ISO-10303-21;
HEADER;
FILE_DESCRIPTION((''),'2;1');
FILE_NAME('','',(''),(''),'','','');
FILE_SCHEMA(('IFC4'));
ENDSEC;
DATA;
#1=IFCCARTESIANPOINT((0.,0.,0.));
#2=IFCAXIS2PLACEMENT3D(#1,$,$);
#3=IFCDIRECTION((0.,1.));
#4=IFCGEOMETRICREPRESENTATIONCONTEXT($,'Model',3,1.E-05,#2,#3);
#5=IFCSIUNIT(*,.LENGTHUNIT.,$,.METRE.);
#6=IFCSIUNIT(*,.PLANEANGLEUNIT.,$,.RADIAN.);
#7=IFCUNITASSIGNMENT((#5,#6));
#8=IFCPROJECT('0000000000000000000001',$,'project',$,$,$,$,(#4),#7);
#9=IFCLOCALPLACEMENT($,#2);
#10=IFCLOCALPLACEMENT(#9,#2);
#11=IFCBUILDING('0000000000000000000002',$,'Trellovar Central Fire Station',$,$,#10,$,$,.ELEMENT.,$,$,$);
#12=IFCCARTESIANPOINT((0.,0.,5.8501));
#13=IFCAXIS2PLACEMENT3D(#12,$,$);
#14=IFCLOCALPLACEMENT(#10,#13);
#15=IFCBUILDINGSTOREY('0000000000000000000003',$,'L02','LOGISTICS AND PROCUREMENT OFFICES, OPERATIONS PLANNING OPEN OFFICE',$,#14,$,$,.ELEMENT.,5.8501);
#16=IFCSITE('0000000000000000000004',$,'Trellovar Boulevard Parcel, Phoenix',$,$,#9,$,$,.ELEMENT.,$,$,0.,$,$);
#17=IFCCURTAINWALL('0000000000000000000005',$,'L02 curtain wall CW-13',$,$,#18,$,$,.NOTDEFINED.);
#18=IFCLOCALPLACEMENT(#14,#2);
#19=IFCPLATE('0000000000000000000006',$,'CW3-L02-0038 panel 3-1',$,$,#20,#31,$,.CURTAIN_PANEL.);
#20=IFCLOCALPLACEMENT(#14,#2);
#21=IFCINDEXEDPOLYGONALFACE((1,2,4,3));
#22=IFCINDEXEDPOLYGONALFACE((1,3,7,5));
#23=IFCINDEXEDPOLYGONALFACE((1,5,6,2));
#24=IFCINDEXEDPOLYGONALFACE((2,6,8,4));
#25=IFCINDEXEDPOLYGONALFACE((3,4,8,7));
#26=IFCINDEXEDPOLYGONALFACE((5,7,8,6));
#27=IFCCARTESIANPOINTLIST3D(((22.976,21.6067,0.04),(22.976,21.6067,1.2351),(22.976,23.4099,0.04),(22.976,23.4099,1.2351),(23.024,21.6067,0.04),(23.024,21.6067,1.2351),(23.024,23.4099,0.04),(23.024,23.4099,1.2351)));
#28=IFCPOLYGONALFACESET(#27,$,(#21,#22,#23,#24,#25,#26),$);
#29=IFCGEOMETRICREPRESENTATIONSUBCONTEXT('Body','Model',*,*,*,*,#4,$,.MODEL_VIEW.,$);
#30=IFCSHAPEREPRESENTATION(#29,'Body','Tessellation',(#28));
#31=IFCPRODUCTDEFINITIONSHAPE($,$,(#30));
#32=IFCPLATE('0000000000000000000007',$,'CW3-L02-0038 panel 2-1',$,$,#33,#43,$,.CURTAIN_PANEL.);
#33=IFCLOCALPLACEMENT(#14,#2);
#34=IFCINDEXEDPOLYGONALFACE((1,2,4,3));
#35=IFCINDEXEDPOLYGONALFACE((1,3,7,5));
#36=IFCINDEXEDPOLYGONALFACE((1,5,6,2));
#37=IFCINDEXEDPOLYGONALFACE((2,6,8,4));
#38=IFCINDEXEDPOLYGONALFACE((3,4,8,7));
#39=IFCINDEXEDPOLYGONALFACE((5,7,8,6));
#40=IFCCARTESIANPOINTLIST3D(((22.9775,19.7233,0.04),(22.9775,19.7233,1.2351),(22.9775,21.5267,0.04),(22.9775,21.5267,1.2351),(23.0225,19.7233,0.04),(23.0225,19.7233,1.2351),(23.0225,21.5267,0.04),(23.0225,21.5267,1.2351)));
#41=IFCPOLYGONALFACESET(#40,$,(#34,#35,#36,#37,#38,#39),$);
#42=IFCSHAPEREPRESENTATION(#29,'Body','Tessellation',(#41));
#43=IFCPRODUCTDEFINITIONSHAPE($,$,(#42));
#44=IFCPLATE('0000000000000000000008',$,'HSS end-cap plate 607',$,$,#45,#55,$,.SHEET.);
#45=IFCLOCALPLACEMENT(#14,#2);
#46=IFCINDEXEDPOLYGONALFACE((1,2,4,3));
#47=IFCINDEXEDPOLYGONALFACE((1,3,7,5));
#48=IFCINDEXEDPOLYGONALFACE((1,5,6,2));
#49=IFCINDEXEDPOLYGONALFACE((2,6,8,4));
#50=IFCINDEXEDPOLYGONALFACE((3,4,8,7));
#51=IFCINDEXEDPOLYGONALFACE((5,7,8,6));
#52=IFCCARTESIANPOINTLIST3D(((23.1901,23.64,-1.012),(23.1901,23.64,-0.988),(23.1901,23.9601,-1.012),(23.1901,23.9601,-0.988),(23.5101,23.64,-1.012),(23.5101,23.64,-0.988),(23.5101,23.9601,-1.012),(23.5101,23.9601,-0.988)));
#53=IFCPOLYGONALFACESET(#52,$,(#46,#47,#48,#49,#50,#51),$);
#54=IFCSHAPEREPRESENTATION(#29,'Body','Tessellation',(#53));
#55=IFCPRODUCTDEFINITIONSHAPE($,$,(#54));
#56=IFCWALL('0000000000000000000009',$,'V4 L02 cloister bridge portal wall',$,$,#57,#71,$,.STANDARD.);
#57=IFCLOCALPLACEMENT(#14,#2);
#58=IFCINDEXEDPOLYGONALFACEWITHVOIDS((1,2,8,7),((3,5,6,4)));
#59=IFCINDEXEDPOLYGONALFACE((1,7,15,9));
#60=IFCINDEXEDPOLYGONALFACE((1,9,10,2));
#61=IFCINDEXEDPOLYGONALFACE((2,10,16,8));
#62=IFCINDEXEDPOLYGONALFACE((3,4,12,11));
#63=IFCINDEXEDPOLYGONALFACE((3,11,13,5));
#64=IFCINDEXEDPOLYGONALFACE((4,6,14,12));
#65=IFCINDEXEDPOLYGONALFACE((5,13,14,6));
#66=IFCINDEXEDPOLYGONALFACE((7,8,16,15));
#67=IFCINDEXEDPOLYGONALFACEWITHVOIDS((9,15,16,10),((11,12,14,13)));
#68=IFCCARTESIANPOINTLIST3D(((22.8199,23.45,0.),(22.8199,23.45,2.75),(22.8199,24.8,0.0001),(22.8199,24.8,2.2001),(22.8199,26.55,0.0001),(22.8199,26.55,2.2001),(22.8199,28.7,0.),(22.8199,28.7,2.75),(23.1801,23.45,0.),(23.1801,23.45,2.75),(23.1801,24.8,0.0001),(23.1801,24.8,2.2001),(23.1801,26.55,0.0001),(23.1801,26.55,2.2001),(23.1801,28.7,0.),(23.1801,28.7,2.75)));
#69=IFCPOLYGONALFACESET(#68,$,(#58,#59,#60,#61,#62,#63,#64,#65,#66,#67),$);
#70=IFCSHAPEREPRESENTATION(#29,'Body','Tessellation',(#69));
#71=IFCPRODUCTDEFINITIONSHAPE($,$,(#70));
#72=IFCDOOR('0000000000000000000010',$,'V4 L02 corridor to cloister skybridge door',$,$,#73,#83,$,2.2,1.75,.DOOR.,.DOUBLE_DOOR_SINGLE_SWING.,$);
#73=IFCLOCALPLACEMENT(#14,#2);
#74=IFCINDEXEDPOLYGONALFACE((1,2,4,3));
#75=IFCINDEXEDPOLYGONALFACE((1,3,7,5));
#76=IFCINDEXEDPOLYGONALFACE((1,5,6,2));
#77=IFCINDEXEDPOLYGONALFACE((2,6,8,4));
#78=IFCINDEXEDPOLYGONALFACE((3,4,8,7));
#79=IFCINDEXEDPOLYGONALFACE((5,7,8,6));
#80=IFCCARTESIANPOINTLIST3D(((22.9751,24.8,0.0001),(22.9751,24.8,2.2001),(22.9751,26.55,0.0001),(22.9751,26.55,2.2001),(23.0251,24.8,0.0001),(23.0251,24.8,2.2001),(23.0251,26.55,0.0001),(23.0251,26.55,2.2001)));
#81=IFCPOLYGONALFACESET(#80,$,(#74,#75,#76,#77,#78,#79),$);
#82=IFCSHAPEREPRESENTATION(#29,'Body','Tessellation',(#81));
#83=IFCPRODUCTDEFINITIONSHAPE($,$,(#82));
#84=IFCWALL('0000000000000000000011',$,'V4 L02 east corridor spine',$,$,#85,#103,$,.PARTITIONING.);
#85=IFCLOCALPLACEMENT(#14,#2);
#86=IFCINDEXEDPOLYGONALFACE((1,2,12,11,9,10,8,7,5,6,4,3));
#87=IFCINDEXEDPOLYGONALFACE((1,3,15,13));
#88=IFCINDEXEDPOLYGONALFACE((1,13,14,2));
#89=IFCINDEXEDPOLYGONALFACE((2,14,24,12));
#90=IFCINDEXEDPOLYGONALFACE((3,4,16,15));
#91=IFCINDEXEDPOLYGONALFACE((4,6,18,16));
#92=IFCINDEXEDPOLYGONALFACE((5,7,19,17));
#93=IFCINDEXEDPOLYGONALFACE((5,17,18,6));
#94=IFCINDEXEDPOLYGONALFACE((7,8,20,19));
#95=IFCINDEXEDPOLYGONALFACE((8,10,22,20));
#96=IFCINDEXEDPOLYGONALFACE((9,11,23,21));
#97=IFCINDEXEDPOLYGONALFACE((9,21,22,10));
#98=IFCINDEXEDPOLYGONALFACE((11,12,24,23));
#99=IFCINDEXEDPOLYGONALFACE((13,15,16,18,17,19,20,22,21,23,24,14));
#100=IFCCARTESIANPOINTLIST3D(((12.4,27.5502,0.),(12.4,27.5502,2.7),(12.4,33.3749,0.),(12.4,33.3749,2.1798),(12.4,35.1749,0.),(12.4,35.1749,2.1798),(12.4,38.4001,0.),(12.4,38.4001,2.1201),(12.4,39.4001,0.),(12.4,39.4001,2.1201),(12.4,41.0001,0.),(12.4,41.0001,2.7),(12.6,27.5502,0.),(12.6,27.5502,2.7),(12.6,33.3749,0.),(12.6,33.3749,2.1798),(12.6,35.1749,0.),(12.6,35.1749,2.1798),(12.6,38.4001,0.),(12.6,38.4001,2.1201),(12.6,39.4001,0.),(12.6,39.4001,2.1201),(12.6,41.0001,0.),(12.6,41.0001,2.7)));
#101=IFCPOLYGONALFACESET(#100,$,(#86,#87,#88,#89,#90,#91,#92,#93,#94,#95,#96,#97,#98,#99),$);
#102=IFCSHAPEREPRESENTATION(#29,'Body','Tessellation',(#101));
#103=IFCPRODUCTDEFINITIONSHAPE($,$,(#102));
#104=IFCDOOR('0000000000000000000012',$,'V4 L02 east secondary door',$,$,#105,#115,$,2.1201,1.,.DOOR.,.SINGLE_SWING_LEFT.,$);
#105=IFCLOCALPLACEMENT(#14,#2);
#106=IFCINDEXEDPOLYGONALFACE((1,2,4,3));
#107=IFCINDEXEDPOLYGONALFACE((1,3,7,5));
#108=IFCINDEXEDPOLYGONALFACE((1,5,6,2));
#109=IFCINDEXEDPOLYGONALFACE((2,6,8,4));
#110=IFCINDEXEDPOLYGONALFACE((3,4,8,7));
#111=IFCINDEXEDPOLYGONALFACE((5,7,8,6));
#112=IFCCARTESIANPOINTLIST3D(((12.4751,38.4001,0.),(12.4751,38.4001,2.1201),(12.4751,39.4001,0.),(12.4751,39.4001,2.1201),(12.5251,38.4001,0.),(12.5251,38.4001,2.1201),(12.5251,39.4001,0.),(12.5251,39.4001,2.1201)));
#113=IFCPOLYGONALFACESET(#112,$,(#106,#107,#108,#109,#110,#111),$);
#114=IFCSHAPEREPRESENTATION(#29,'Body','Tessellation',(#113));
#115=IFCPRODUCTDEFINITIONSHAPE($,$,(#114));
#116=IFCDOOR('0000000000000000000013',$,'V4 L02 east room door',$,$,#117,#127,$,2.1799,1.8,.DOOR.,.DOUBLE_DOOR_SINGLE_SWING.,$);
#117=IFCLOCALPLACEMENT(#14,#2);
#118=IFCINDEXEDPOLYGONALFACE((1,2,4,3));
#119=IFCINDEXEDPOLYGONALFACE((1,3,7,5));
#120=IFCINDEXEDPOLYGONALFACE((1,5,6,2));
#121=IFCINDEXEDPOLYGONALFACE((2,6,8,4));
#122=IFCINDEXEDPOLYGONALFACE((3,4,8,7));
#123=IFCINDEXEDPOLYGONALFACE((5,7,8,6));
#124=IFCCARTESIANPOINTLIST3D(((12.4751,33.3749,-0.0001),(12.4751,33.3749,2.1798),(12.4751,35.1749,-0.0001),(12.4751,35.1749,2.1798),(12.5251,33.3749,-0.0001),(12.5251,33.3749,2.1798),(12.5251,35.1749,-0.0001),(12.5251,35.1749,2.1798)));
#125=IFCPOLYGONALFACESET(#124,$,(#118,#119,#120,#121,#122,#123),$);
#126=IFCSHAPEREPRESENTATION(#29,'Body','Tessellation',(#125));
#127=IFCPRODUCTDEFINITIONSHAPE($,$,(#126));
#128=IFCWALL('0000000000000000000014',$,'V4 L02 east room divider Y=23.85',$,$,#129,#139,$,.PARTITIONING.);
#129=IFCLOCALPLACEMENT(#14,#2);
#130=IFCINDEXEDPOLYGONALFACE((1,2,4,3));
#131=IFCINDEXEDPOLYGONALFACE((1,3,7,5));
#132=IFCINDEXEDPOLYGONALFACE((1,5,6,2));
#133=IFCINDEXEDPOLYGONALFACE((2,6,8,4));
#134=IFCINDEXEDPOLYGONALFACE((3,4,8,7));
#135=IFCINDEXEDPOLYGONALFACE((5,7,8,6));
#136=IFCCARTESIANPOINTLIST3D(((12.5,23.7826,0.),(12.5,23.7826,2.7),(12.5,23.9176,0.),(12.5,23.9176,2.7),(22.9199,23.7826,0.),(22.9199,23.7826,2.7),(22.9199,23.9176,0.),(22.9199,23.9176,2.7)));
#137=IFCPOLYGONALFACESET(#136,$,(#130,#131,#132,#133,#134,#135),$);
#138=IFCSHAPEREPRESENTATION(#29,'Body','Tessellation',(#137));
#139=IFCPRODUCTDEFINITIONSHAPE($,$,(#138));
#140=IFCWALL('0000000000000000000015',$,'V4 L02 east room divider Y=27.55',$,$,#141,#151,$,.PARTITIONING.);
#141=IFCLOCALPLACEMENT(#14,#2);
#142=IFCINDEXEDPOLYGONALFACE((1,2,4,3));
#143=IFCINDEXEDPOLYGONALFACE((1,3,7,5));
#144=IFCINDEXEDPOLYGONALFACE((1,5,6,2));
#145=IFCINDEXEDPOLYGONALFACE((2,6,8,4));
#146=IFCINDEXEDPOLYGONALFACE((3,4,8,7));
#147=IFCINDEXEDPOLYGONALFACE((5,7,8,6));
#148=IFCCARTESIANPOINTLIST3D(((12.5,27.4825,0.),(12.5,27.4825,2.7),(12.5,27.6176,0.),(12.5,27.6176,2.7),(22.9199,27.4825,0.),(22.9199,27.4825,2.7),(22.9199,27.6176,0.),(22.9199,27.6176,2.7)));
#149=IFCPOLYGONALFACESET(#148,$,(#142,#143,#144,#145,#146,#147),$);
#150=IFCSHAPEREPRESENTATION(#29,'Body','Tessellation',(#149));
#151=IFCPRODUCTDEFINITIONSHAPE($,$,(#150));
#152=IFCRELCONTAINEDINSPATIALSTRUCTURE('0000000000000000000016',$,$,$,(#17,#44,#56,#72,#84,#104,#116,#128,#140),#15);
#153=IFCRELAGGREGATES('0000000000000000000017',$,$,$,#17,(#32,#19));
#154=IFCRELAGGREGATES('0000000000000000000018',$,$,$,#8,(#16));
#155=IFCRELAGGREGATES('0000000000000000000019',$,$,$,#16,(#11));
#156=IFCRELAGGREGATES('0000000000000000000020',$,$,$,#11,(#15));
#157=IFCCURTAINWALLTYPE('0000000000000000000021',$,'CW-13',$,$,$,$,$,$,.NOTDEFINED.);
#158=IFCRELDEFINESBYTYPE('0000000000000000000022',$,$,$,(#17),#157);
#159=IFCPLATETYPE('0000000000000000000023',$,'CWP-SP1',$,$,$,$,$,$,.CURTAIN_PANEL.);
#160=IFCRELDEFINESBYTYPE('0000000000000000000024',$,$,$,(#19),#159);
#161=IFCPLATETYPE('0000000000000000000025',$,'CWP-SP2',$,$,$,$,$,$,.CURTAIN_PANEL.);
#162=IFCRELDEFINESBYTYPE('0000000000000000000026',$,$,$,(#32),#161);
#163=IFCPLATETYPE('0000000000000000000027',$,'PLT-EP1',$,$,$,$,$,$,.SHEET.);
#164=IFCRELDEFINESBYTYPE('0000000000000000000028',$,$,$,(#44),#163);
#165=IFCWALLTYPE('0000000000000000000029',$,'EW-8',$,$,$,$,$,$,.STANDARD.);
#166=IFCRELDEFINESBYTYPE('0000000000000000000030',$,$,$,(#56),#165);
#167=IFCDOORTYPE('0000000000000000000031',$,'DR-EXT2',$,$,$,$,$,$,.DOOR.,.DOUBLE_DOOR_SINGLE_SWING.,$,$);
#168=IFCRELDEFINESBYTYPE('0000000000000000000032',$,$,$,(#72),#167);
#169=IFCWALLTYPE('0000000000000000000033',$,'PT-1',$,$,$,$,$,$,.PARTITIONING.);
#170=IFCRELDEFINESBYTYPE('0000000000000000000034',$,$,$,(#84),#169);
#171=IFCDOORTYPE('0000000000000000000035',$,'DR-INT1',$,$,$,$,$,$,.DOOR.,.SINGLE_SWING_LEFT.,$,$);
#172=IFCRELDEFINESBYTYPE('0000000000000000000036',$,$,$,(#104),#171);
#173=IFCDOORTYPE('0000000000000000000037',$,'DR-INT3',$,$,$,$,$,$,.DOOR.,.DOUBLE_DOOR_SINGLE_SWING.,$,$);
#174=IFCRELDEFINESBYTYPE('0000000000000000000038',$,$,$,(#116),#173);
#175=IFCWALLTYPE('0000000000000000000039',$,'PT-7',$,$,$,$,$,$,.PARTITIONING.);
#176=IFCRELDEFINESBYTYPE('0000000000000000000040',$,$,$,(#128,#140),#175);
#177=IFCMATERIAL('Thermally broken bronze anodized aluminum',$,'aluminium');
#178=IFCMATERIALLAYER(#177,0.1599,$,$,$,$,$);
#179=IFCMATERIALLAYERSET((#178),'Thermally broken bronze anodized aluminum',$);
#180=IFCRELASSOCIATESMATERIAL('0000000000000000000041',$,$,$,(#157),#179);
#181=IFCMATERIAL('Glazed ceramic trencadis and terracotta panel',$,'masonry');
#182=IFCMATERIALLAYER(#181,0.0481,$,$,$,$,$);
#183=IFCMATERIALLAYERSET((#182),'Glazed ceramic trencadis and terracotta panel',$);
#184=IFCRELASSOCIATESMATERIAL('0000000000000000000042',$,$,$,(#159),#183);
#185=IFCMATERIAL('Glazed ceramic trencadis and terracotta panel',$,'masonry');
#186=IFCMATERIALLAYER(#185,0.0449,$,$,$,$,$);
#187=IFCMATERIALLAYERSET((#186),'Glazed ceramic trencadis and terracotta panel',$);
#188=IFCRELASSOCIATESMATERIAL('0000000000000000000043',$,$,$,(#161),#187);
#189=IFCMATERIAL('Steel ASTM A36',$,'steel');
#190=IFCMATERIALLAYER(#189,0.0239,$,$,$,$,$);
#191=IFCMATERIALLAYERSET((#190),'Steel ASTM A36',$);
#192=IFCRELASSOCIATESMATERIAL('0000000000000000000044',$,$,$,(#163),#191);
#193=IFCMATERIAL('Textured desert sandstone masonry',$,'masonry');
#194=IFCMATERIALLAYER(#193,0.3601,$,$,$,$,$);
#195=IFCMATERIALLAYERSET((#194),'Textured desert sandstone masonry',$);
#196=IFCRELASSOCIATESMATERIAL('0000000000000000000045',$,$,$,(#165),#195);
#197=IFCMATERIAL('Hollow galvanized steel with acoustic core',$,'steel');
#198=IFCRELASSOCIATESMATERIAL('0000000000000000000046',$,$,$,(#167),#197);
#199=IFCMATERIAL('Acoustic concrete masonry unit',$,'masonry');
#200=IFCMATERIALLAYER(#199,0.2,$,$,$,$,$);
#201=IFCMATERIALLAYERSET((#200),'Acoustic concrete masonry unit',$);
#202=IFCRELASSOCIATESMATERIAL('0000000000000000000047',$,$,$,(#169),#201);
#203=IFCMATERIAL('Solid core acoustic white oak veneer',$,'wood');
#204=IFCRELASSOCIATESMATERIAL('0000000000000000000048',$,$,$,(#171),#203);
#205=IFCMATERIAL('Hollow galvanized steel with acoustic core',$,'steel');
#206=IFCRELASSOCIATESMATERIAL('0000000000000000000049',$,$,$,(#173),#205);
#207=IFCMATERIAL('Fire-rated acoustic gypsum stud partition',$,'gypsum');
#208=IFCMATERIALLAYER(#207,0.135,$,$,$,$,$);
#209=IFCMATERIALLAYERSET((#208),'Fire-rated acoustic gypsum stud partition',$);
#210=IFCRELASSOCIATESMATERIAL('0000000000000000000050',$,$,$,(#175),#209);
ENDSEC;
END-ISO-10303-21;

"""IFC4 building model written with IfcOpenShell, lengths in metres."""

from ifc_helpers import new_model, si_unit, direction, frame, frame_2d, origin, origin_2d, place, context, subcontext, project, spatial, rectangle, extrude, material, layer, layer_set, type_object, element, fill, aggregate, save


model = new_model("IFC4")

# Units and contexts
model_context = context("Model", 3, precision=1e-05, world=origin(), true_north=direction((0.0, 1.0)))
body_context = subcontext(model_context, "Body", "Model", "MODEL_VIEW")
ifc_project = project(units=[si_unit("LENGTHUNIT", "METRE"), si_unit("PLANEANGLEUNIT", "RADIAN")], contexts=[model_context])

# Site, building, storey
site_placement = place(None, origin())
site = spatial("IfcSite", under=ifc_project, at=site_placement, Name="Trellovar Boulevard Parcel, Phoenix", CompositionType="ELEMENT", RefElevation=0.0)
building_placement = place(site_placement, origin())
building = spatial("IfcBuilding", under=site, at=building_placement, Name="Trellovar Central Fire Station", CompositionType="ELEMENT")
storey_placement = place(building_placement, frame((0.0, 0.0, 5.8501)))
storey = spatial("IfcBuildingStorey", under=building, at=storey_placement, Name="L02", Description="LOGISTICS AND PROCUREMENT OFFICES, OPERATIONS PLANNING OPEN OFFICE", CompositionType="ELEMENT", Elevation=5.8501)

# Curtain wall, plates
ifc_material_1 = material(Name="Thermally broken bronze anodized aluminum", Category="aluminium")
ifc_layer_1 = layer(ifc_material_1, 0.1599)
ifc_layer_set_1 = layer_set([ifc_layer_1], Name="Thermally broken bronze anodized aluminum")
curtain_wall_type_1 = type_object("IfcCurtainWallType", Name="CW-13", PredefinedType="NOTDEFINED", material=ifc_layer_set_1)
curtain_wall_1_placement = place(storey_placement, origin())
curtain_wall_1 = element("IfcCurtainWall", 1, at=curtain_wall_1_placement, inside=storey, type_object=curtain_wall_type_1, Name="L02 curtain wall CW-13", PredefinedType="NOTDEFINED")
ifc_material_2 = material(Name="Glazed ceramic trencadis and terracotta panel", Category="masonry")
ifc_layer_2 = layer(ifc_material_2, 0.0481)
ifc_layer_set_2 = layer_set([ifc_layer_2], Name="Glazed ceramic trencadis and terracotta panel")
plate_type_1 = type_object("IfcPlateType", Name="CWP-SP1", PredefinedType="CURTAIN_PANEL", material=ifc_layer_set_2)
plate_1_placement = place(storey_placement, frame((23.0, 22.5083, 0.04), z_axis=(0.0, 0.0, 1.0), x_axis=(0.0, 1.0, 0.0)))
plate_1 = element("IfcPlate", 2, at=plate_1_placement, type_object=plate_type_1, Name="CW3-L02-0038 panel 3-1", PredefinedType="CURTAIN_PANEL", context=body_context, shape_type="SweptSolid", body=[
    extrude(rectangle(XDim=1.8032, YDim=0.0481, at=origin_2d()), origin(), (0.0, 0.0, 1.0), 1.1951),
])
ifc_material_3 = material(Name="Glazed ceramic trencadis and terracotta panel", Category="masonry")
ifc_layer_3 = layer(ifc_material_3, 0.0449)
ifc_layer_set_3 = layer_set([ifc_layer_3], Name="Glazed ceramic trencadis and terracotta panel")
plate_type_2 = type_object("IfcPlateType", Name="CWP-SP2", PredefinedType="CURTAIN_PANEL", material=ifc_layer_set_3)
plate_2_placement = place(storey_placement, frame((23.0, 20.625, 0.04), z_axis=(0.0, 0.0, 1.0), x_axis=(0.0, 1.0, 0.0)))
plate_2 = element("IfcPlate", 3, at=plate_2_placement, type_object=plate_type_2, Name="CW3-L02-0038 panel 2-1", PredefinedType="CURTAIN_PANEL", context=body_context, shape_type="SweptSolid", body=[
    extrude(rectangle(XDim=1.8035, YDim=0.0449, at=origin_2d()), origin(), (0.0, 0.0, 1.0), 1.1951),
])
aggregate(curtain_wall_1, [plate_2, plate_1])

# Plate
ifc_material_4 = material(Name="Steel ASTM A36", Category="steel")
ifc_layer_4 = layer(ifc_material_4, 0.0239)
ifc_layer_set_4 = layer_set([ifc_layer_4], Name="Steel ASTM A36")
plate_type_3 = type_object("IfcPlateType", Name="PLT-EP1", PredefinedType="SHEET", material=ifc_layer_set_4)
plate_3_placement = place(storey_placement, frame((23.3501, 23.8, -1.012), z_axis=(0.0, 0.0, 1.0), x_axis=(1.0, 0.0, 0.0)))
element("IfcPlate", 4, at=plate_3_placement, inside=storey, type_object=plate_type_3, Name="HSS end-cap plate 607", PredefinedType="SHEET", context=body_context, shape_type="SweptSolid", body=[
    extrude(rectangle(XDim=0.3201, YDim=0.3201, at=origin_2d()), origin(), (0.0, 0.0, 1.0), 0.0239),
])

# Wall, opening, door
ifc_material_5 = material(Name="Textured desert sandstone masonry", Category="masonry")
ifc_layer_5 = layer(ifc_material_5, 0.3601)
ifc_layer_set_5 = layer_set([ifc_layer_5], Name="Textured desert sandstone masonry")
wall_type_1 = type_object("IfcWallType", Name="EW-8", PredefinedType="STANDARD", material=ifc_layer_set_5)
wall_1_placement = place(storey_placement, frame((23.0, 23.45, 0.0), z_axis=(0.0, 0.0, 1.0), x_axis=(0.0, 1.0, 0.0)))
wall_1 = element("IfcWall", 5, at=wall_1_placement, inside=storey, type_object=wall_type_1, Name="V4 L02 cloister bridge portal wall", PredefinedType="STANDARD", context=body_context, shape_type="SweptSolid", body=[
    extrude(rectangle(XDim=5.25, YDim=0.3601, at=frame_2d((2.625, 0.0))), origin(), (0.0, 0.0, 1.0), 2.75),
])
opening_1_placement = place(wall_1_placement, frame((1.3501, 0.0, 0.0)))
opening_1 = element("IfcOpeningElement", 6, at=opening_1_placement, cuts=wall_1, PredefinedType="OPENING", context=body_context, shape_type="SweptSolid", body=[
    extrude(rectangle(XDim=1.75, YDim=2.2, at=frame_2d((0.875, 1.1001))), frame((0.0, 0.1899, 0.0), z_axis=(0.0, -1.0, 0.0), x_axis=(1.0, 0.0, 0.0)), (0.0, 0.0, 1.0), 0.3801),
])
ifc_material_6 = material(Name="Hollow galvanized steel with acoustic core", Category="steel")
door_type_1 = type_object("IfcDoorType", Name="DR-EXT2", OperationType="DOUBLE_DOOR_SINGLE_SWING", PredefinedType="DOOR", material=ifc_material_6)
door_1_placement = place(opening_1_placement, origin())
door_1 = element("IfcDoor", 7, at=door_1_placement, inside=storey, type_object=door_type_1, Name="V4 L02 corridor to cloister skybridge door", OperationType="DOUBLE_DOOR_SINGLE_SWING", OverallHeight=2.2, OverallWidth=1.75, PredefinedType="DOOR", context=body_context, shape_type="SweptSolid", body=[
    extrude(rectangle(XDim=1.75, YDim=2.2, at=frame_2d((0.875, 1.1001))), frame((0.0, 0.0249, 0.0), z_axis=(0.0, -1.0, 0.0), x_axis=(1.0, 0.0, 0.0)), (0.0, 0.0, 1.0), 0.05),
])
fill(opening_1, door_1)

# Wall, openings, doors
ifc_material_7 = material(Name="Acoustic concrete masonry unit", Category="masonry")
ifc_layer_6 = layer(ifc_material_7, 0.2)
ifc_layer_set_6 = layer_set([ifc_layer_6], Name="Acoustic concrete masonry unit")
wall_type_2 = type_object("IfcWallType", Name="PT-1", PredefinedType="PARTITIONING", material=ifc_layer_set_6)
wall_2_placement = place(storey_placement, frame((12.5, 27.55, 0.0), z_axis=(0.0, 0.0, 1.0), x_axis=(0.0, 1.0, 0.0)))
wall_2 = element("IfcWall", 8, at=wall_2_placement, inside=storey, type_object=wall_type_2, Name="V4 L02 east corridor spine", PredefinedType="PARTITIONING", context=body_context, shape_type="SweptSolid", body=[
    extrude(rectangle(XDim=13.45, YDim=0.2, at=frame_2d((6.7251, 0.0))), origin(), (0.0, 0.0, 1.0), 2.7),
])
opening_2_placement = place(wall_2_placement, frame((5.825, 0.0, 0.0)))
opening_2 = element("IfcOpeningElement", 9, at=opening_2_placement, cuts=wall_2, PredefinedType="OPENING", context=body_context, shape_type="SweptSolid", body=[
    extrude(rectangle(XDim=1.8, YDim=2.1799, at=frame_2d((0.8999, 1.0898))), frame((0.0, 0.1099, 0.0), z_axis=(0.0, -1.0, 0.0), x_axis=(1.0, 0.0, 0.0)), (0.0, 0.0, 1.0), 0.22),
])
opening_3_placement = place(wall_2_placement, frame((10.8501, 0.0, 0.0)))
opening_3 = element("IfcOpeningElement", 10, at=opening_3_placement, cuts=wall_2, PredefinedType="OPENING", context=body_context, shape_type="SweptSolid", body=[
    extrude(rectangle(XDim=1.0, YDim=2.1201, at=frame_2d((0.5, 1.0601))), frame((0.0, 0.1099, 0.0), z_axis=(0.0, -1.0, 0.0), x_axis=(1.0, 0.0, 0.0)), (0.0, 0.0, 1.0), 0.22),
])
ifc_material_8 = material(Name="Solid core acoustic white oak veneer", Category="wood")
door_type_2 = type_object("IfcDoorType", Name="DR-INT1", OperationType="SINGLE_SWING_LEFT", PredefinedType="DOOR", material=ifc_material_8)
door_2_placement = place(opening_3_placement, origin())
door_2 = element("IfcDoor", 11, at=door_2_placement, inside=storey, type_object=door_type_2, Name="V4 L02 east secondary door", OperationType="SINGLE_SWING_LEFT", OverallHeight=2.1201, OverallWidth=1.0, PredefinedType="DOOR", context=body_context, shape_type="SweptSolid", body=[
    extrude(rectangle(XDim=1.0, YDim=2.1201, at=frame_2d((0.5, 1.0601))), frame((0.0, 0.0249, 0.0), z_axis=(0.0, -1.0, 0.0), x_axis=(1.0, 0.0, 0.0)), (0.0, 0.0, 1.0), 0.05),
])
fill(opening_3, door_2)
ifc_material_9 = material(Name="Hollow galvanized steel with acoustic core", Category="steel")
door_type_3 = type_object("IfcDoorType", Name="DR-INT3", OperationType="DOUBLE_DOOR_SINGLE_SWING", PredefinedType="DOOR", material=ifc_material_9)
door_3_placement = place(opening_2_placement, origin())
door_3 = element("IfcDoor", 12, at=door_3_placement, inside=storey, type_object=door_type_3, Name="V4 L02 east room door", OperationType="DOUBLE_DOOR_SINGLE_SWING", OverallHeight=2.1799, OverallWidth=1.8, PredefinedType="DOOR", context=body_context, shape_type="SweptSolid", body=[
    extrude(rectangle(XDim=1.8, YDim=2.1799, at=frame_2d((0.8999, 1.0898))), frame((0.0, 0.0249, 0.0), z_axis=(0.0, -1.0, 0.0), x_axis=(1.0, 0.0, 0.0)), (0.0, 0.0, 1.0), 0.05),
])
fill(opening_2, door_3)

# Walls
ifc_material_10 = material(Name="Fire-rated acoustic gypsum stud partition", Category="gypsum")
ifc_layer_7 = layer(ifc_material_10, 0.135)
ifc_layer_set_7 = layer_set([ifc_layer_7], Name="Fire-rated acoustic gypsum stud partition")
wall_type_3 = type_object("IfcWallType", Name="PT-7", PredefinedType="PARTITIONING", material=ifc_layer_set_7)
for number, where, z_axis, x_axis, name in (
    (13, (12.5, 23.8501, 0.0), (0.0, 0.0, 1.0), (1.0, 0.0, 0.0), "V4 L02 east room divider Y=23.85"),
    (14, (12.5, 27.55, 0.0), (0.0, 0.0, 1.0), (1.0, 0.0, 0.0), "V4 L02 east room divider Y=27.55"),
):
    element("IfcWall", number, at=place(storey_placement, frame(where, z_axis=z_axis, x_axis=x_axis)), inside=storey, type_object=wall_type_3, Name=name, PredefinedType="PARTITIONING", context=body_context, shape_type="SweptSolid", body=[
        extrude(rectangle(XDim=10.4199, YDim=0.135, at=frame_2d((5.21, 0.0))), origin(), (0.0, 0.0, 1.0), 2.7),
    ])

save(model, "model.ifc")
